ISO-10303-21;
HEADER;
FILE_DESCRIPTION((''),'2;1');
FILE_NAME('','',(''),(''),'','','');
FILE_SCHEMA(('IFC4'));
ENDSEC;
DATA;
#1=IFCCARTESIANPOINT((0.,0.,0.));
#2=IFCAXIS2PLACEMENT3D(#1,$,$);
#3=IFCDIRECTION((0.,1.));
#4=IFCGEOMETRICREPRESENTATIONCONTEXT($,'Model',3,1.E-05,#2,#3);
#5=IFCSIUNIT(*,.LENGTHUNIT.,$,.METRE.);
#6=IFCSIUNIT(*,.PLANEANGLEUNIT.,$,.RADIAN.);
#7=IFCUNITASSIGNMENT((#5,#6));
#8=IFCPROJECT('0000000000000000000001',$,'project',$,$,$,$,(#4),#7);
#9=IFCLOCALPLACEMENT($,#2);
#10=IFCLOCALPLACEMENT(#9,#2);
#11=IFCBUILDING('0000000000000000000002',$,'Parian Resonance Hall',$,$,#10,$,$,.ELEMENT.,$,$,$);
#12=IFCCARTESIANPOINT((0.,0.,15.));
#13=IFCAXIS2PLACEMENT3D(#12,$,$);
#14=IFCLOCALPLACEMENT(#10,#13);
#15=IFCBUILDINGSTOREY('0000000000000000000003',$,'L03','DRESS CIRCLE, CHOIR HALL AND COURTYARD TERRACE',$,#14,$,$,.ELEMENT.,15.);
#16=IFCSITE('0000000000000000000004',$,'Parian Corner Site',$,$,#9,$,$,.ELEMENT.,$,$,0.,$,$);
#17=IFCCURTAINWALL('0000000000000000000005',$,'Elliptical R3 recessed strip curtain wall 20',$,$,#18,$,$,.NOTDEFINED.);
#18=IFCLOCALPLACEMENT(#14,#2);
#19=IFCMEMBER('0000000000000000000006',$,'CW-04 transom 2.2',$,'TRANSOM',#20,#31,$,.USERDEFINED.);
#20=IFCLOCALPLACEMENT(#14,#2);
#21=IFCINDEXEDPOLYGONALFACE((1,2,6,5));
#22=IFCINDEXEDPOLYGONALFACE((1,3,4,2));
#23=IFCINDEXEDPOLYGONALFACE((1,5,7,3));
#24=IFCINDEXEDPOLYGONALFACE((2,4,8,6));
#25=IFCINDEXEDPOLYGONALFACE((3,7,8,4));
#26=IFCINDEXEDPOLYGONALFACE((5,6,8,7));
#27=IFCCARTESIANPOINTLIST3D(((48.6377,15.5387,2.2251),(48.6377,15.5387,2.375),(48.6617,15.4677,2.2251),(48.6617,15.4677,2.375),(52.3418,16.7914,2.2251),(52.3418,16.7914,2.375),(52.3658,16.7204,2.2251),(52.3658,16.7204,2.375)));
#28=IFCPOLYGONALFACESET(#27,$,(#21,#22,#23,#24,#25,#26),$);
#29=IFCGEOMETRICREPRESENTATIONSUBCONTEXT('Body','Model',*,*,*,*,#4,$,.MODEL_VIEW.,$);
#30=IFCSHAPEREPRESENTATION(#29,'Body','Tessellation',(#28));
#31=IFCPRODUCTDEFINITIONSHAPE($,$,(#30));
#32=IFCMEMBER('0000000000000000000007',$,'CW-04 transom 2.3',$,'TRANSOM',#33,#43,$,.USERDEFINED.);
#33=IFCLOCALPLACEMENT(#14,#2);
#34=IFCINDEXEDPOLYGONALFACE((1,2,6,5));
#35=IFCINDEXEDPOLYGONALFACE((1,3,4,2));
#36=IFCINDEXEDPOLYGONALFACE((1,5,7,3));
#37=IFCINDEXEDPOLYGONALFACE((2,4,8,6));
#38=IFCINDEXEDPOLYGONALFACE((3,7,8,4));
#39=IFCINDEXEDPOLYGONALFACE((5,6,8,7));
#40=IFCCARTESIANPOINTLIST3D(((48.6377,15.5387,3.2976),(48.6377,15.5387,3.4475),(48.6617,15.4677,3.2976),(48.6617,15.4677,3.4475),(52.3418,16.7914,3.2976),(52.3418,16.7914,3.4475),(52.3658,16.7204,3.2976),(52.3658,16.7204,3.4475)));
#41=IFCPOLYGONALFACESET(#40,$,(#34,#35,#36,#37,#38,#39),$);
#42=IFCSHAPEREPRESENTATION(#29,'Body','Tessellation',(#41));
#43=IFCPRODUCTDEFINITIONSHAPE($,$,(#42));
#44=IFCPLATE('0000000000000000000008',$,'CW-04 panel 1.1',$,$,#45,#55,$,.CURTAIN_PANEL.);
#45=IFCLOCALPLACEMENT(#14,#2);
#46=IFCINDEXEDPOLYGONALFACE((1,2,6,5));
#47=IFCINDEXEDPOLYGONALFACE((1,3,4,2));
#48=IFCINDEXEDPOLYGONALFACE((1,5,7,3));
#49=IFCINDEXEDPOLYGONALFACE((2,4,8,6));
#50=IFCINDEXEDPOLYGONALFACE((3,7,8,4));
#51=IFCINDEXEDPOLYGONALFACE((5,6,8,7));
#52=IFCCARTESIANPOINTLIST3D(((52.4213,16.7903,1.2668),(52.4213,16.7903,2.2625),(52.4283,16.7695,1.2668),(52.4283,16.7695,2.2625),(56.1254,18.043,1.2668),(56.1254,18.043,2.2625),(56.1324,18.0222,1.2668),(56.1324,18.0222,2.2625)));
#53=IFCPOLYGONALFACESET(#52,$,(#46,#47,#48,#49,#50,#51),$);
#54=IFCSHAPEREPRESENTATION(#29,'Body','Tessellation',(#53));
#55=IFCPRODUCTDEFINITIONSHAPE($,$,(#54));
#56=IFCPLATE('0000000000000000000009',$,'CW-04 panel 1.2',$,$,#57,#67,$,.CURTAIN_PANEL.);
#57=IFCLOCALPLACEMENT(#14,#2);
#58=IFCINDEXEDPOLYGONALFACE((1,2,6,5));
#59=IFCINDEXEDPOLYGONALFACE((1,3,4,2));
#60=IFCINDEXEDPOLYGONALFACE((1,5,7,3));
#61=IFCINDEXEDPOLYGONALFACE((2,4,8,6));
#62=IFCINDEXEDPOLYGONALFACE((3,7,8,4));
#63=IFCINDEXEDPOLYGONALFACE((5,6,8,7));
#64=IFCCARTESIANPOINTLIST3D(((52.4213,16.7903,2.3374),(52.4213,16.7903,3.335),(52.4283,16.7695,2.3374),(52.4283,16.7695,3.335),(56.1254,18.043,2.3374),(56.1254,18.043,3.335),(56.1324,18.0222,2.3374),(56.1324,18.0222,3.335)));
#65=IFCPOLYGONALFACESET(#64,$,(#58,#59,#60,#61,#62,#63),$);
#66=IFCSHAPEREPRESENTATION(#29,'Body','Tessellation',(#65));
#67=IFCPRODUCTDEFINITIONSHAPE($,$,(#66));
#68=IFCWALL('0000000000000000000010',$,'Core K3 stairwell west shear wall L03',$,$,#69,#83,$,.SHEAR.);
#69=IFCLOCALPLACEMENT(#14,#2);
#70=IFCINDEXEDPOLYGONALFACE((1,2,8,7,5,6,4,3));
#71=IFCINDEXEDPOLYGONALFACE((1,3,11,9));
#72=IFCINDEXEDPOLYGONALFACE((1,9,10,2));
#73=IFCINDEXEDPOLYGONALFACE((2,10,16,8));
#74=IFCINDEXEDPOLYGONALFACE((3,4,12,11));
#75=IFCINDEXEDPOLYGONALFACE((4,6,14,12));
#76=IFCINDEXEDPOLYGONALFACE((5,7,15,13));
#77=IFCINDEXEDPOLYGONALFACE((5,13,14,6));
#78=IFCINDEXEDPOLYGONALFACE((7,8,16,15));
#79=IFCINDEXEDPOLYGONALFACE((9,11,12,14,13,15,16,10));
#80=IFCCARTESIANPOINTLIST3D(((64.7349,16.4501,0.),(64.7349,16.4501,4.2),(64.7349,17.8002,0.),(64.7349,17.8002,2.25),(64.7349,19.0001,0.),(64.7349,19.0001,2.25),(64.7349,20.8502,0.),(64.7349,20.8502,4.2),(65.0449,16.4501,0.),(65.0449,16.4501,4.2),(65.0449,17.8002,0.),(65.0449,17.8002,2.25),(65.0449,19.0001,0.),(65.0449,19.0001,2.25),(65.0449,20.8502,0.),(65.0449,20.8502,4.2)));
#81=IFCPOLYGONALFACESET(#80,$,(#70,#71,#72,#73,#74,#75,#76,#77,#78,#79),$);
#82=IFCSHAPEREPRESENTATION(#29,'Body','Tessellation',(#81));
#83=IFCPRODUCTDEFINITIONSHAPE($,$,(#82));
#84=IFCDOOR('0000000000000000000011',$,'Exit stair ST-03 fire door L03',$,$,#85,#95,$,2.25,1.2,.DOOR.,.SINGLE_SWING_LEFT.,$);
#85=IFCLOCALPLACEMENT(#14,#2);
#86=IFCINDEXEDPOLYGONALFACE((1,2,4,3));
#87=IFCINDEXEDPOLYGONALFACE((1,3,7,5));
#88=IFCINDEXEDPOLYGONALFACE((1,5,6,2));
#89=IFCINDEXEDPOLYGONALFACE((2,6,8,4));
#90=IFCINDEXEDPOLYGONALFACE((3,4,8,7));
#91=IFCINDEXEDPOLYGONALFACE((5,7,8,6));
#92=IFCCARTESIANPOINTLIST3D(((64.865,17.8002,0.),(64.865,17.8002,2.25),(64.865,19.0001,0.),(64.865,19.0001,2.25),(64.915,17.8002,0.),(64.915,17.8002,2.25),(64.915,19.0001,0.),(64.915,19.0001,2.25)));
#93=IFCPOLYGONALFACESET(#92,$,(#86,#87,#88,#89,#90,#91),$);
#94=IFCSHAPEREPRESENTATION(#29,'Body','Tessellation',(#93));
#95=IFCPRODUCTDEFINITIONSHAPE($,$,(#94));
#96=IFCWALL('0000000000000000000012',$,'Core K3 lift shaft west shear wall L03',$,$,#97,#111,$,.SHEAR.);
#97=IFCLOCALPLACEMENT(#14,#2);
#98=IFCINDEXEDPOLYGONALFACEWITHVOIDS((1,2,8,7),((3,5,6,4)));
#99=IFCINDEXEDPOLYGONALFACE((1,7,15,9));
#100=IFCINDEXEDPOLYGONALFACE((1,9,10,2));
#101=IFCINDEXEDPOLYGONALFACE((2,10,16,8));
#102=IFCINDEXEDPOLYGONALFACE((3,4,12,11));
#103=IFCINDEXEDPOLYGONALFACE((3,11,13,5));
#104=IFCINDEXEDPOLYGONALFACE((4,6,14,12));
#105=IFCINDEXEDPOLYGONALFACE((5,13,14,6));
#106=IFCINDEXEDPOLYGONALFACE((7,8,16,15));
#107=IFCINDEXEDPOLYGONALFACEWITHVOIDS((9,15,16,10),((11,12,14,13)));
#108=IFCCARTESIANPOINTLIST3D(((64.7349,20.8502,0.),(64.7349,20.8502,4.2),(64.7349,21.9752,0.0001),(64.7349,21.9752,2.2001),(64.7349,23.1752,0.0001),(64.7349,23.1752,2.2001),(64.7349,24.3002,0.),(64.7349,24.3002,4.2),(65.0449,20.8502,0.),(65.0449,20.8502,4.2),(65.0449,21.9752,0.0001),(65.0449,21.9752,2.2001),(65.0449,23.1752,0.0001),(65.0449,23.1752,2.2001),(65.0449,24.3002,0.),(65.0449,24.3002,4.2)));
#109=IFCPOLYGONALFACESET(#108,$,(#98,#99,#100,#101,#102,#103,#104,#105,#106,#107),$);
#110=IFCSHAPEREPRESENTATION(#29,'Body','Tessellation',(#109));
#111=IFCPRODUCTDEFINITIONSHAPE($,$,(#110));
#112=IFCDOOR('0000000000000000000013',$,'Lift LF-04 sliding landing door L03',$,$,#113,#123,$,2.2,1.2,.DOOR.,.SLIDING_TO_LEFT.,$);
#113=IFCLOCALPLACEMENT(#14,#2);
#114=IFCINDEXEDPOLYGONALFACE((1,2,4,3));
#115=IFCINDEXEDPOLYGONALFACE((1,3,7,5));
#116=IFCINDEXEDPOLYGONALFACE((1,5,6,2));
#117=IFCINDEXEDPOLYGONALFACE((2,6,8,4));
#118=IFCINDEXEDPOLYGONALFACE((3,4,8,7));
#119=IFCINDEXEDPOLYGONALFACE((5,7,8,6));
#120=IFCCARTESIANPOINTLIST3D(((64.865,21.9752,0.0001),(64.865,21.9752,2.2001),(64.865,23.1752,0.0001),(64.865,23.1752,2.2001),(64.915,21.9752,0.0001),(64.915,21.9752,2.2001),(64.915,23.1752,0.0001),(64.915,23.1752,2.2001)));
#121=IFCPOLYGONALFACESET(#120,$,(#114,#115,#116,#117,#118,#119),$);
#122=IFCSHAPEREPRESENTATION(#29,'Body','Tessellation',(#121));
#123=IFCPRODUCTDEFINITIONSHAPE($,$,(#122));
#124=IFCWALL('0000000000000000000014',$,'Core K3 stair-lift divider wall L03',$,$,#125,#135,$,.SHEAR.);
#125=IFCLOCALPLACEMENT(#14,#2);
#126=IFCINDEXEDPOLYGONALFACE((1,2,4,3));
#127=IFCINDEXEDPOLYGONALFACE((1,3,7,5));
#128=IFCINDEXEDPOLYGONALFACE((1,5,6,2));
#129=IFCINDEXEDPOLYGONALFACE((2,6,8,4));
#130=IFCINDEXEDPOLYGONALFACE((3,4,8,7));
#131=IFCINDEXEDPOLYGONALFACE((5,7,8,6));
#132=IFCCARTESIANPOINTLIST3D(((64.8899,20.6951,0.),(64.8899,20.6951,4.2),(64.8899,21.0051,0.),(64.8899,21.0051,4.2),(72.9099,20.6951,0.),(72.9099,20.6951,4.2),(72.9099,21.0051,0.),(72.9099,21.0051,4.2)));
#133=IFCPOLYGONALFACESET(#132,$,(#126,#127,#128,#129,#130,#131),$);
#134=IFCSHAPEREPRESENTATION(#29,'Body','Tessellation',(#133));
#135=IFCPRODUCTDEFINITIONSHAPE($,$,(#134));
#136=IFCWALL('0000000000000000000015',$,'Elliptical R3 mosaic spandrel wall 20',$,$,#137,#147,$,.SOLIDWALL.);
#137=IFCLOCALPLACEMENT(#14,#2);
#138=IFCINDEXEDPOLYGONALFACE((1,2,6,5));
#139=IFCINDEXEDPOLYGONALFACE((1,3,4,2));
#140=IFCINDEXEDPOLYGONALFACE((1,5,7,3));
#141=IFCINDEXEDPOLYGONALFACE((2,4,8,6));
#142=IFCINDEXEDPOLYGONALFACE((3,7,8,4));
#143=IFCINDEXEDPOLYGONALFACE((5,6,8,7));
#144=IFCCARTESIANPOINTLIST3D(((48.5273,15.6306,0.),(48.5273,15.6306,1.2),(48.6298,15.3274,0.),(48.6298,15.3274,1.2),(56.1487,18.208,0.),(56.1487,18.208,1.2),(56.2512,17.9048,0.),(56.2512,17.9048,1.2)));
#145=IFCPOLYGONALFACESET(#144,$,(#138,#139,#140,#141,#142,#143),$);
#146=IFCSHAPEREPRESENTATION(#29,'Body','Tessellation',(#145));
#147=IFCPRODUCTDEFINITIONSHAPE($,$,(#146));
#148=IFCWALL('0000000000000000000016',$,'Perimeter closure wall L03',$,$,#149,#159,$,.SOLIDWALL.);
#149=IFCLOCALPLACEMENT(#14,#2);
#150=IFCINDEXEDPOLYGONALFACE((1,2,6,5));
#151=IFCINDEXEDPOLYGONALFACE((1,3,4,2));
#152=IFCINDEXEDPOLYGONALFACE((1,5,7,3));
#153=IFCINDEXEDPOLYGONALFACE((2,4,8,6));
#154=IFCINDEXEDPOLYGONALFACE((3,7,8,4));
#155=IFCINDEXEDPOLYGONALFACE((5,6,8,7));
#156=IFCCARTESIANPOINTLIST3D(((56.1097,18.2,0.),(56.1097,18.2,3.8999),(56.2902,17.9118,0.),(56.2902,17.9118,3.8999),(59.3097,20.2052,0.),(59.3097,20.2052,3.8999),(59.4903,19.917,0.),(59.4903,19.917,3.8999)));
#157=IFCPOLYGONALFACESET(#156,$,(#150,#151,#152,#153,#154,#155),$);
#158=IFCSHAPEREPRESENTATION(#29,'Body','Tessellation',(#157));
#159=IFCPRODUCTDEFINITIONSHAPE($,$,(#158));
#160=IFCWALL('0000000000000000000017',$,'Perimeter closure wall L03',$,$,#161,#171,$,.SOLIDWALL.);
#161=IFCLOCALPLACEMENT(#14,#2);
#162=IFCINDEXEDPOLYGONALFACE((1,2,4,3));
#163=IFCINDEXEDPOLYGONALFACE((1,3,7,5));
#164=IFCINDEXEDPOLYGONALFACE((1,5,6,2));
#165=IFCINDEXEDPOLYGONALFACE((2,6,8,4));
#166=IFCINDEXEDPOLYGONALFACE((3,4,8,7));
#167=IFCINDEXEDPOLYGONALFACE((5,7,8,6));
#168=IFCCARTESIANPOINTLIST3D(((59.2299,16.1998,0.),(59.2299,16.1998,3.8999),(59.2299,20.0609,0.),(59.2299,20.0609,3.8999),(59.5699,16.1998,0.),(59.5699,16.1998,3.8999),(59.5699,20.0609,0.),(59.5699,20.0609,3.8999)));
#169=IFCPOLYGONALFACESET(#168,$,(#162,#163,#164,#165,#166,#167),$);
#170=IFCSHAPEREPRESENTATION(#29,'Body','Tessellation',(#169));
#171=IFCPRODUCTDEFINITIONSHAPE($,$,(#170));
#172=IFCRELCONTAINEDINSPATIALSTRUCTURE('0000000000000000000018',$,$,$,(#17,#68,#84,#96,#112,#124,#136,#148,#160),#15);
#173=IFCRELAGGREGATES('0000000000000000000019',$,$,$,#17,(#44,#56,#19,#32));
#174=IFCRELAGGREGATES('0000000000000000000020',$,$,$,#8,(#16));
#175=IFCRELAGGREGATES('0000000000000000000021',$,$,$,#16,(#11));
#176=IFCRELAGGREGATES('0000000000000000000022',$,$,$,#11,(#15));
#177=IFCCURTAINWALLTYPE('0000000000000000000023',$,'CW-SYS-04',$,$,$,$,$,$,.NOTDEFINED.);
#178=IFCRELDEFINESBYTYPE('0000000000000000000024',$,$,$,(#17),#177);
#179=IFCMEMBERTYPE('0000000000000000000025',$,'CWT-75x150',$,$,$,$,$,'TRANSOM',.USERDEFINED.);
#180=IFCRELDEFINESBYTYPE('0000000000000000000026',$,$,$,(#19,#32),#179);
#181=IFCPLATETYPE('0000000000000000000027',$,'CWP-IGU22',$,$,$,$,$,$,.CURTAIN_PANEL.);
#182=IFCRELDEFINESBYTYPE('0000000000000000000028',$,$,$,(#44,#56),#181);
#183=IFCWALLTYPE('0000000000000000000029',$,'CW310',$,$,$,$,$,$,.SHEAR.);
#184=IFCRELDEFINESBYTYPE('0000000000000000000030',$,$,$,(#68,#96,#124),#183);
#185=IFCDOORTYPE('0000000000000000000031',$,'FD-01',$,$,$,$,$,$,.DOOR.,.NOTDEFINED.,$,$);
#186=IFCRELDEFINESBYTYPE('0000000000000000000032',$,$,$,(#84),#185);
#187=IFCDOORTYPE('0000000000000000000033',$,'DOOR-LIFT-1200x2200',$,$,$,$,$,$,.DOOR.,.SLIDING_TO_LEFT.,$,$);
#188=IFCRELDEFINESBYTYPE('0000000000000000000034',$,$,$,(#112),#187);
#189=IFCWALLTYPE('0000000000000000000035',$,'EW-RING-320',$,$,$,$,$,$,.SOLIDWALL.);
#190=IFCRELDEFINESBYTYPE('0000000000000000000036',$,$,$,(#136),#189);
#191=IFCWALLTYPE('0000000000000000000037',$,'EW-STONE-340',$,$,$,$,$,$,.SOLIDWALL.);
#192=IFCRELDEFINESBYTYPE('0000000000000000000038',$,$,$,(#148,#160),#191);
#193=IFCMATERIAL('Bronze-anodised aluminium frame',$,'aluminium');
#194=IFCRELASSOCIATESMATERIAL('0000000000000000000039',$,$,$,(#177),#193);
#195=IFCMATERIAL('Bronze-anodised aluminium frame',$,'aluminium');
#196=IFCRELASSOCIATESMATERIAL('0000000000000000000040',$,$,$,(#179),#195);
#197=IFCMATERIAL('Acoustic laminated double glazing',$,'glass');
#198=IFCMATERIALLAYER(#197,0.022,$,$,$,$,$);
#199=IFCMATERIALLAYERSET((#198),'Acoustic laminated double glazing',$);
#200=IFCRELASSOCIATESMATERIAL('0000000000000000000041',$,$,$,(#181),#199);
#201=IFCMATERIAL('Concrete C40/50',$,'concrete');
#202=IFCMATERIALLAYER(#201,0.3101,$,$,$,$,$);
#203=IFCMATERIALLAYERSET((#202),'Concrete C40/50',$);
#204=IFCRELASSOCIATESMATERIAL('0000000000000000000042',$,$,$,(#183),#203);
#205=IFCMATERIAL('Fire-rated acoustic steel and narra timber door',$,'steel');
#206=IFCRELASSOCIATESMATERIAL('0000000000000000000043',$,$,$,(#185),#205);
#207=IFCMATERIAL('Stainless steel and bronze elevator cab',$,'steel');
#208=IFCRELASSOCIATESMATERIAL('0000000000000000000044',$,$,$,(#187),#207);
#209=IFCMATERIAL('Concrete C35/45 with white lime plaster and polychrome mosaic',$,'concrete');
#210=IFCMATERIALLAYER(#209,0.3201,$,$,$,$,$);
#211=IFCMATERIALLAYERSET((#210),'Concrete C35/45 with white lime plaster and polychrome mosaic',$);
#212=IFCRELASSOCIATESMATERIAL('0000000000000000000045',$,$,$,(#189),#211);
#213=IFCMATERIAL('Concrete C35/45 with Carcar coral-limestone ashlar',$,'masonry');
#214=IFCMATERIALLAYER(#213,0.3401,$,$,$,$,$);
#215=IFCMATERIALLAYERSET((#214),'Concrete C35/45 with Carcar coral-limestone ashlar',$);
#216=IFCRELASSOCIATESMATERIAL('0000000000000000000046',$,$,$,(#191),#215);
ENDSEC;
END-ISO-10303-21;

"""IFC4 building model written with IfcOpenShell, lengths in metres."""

from ifc_helpers import new_model, si_unit, direction, frame, frame_2d, origin, origin_2d, place, context, subcontext, project, spatial, rectangle, extrude, material, layer, layer_set, material_profile, profile_set, type_object, element, fill, aggregate, save


model = new_model("IFC4")

# Units and contexts
model_context = context("Model", 3, precision=1e-05, world=origin(), true_north=direction((0.0, 1.0)))
body_context = subcontext(model_context, "Body", "Model", "MODEL_VIEW")
ifc_project = project(units=[si_unit("LENGTHUNIT", "METRE"), si_unit("PLANEANGLEUNIT", "RADIAN")], contexts=[model_context])

# Site, building, storey
site_placement = place(None, origin())
site = spatial("IfcSite", under=ifc_project, at=site_placement, Name="Parian Corner Site", CompositionType="ELEMENT", RefElevation=0.0)
building_placement = place(site_placement, origin())
building = spatial("IfcBuilding", under=site, at=building_placement, Name="Parian Resonance Hall", CompositionType="ELEMENT")
storey_placement = place(building_placement, frame((0.0, 0.0, 15.0)))
storey = spatial("IfcBuildingStorey", under=building, at=storey_placement, Name="L03", Description="DRESS CIRCLE, CHOIR HALL AND COURTYARD TERRACE", CompositionType="ELEMENT", Elevation=15.0)

# Curtain wall, members, plates
ifc_material_1 = material(Name="Bronze-anodised aluminium frame", Category="aluminium")
curtain_wall_type = type_object("IfcCurtainWallType", Name="CW-SYS-04", PredefinedType="NOTDEFINED", material=ifc_material_1)
curtain_wall_placement = place(storey_placement, origin())
curtain_wall = element("IfcCurtainWall", 1, at=curtain_wall_placement, inside=storey, type_object=curtain_wall_type, Name="Elliptical R3 recessed strip curtain wall 20", PredefinedType="NOTDEFINED")
ifc_material_2 = material(Name="Bronze-anodised aluminium frame", Category="aluminium")
ifc_material_profile_1 = material_profile(ifc_material_2, rectangle(XDim=0.075, YDim=0.1499, at=origin_2d()), Name="CWT-75x150")
ifc_profile_set_1 = profile_set([ifc_material_profile_1], Name="Bronze-anodised aluminium frame")
member_type_1 = type_object("IfcMemberType", Name="CWT-75x150", ElementType="TRANSOM", PredefinedType="USERDEFINED", material=ifc_profile_set_1)
member_1_placement = place(storey_placement, frame((52.3538, 16.7559, 2.3), z_axis=(-0.947294, -0.320364, 0.0), x_axis=(0.320364, -0.947294, 0.0)))
member_1 = element("IfcMember", 2, at=member_1_placement, type_object=member_type_1, Name="CW-04 transom 2.2", ObjectType="TRANSOM", PredefinedType="USERDEFINED", context=body_context, shape_type="SweptSolid", body=[
    extrude(rectangle(XDim=0.075, YDim=0.1499, at=origin_2d()), origin(), (0.0, 0.0, 1.0), 3.9102),
])
member_2_placement = place(storey_placement, frame((52.3538, 16.7559, 3.3726), z_axis=(-0.947294, -0.320364, 0.0), x_axis=(0.320364, -0.947294, 0.0)))
member_2 = element("IfcMember", 3, at=member_2_placement, type_object=member_type_1, Name="CW-04 transom 2.3", ObjectType="TRANSOM", PredefinedType="USERDEFINED", context=body_context, shape_type="SweptSolid", body=[
    extrude(rectangle(XDim=0.075, YDim=0.1499, at=origin_2d()), origin(), (0.0, 0.0, 1.0), 3.9102),
])
ifc_material_3 = material(Name="Acoustic laminated double glazing", Category="glass")
ifc_layer_1 = layer(ifc_material_3, 0.022)
ifc_layer_set_1 = layer_set([ifc_layer_1], Name="Acoustic laminated double glazing")
plate_type = type_object("IfcPlateType", Name="CWP-IGU22", PredefinedType="CURTAIN_PANEL", material=ifc_layer_set_1)
plate_1_placement = place(storey_placement, frame((54.2769, 17.4062, 1.2668), z_axis=(0.0, 0.0, 1.0), x_axis=(-0.947296, -0.32036, 0.0)))
plate_1 = element("IfcPlate", 4, at=plate_1_placement, type_object=plate_type, Name="CW-04 panel 1.1", PredefinedType="CURTAIN_PANEL", context=body_context, shape_type="SweptSolid", body=[
    extrude(rectangle(XDim=3.9102, YDim=0.022, at=origin_2d()), origin(), (0.0, 0.0, 1.0), 0.9956),
])
plate_2_placement = place(storey_placement, frame((54.2769, 17.4062, 2.3374), z_axis=(0.0, 0.0, 1.0), x_axis=(-0.947296, -0.32036, 0.0)))
plate_2 = element("IfcPlate", 5, at=plate_2_placement, type_object=plate_type, Name="CW-04 panel 1.2", PredefinedType="CURTAIN_PANEL", context=body_context, shape_type="SweptSolid", body=[
    extrude(rectangle(XDim=3.9102, YDim=0.022, at=origin_2d()), origin(), (0.0, 0.0, 1.0), 0.9976),
])
aggregate(curtain_wall, [plate_1, plate_2, member_1, member_2])

# Walls, openings, doors
ifc_material_4 = material(Name="Concrete C40/50", Category="concrete")
ifc_layer_2 = layer(ifc_material_4, 0.3101)
ifc_layer_set_2 = layer_set([ifc_layer_2], Name="Concrete C40/50")
wall_type_1 = type_object("IfcWallType", Name="CW310", PredefinedType="SHEAR", material=ifc_layer_set_2)
wall_1_placement = place(storey_placement, frame((64.8899, 16.45, 0.0), z_axis=(0.0, 0.0, 1.0), x_axis=(0.0, 1.0, 0.0)))
wall_1 = element("IfcWall", 6, at=wall_1_placement, inside=storey, type_object=wall_type_1, Name="Core K3 stairwell west shear wall L03", PredefinedType="SHEAR", context=body_context, shape_type="SweptSolid", body=[
    extrude(rectangle(XDim=4.4001, YDim=0.3101, at=frame_2d((2.2002, 0.0))), origin(), (0.0, 0.0, 1.0), 4.2),
])
opening_1_placement = place(wall_1_placement, frame((1.3501, 0.0, 0.0)))
opening_1 = element("IfcOpeningElement", 7, at=opening_1_placement, cuts=wall_1, PredefinedType="OPENING", context=body_context, shape_type="SweptSolid", body=[
    extrude(rectangle(XDim=1.2, YDim=2.25, at=frame_2d((0.6001, 1.125))), frame((0.0, 0.165, 0.0), z_axis=(0.0, -1.0, 0.0), x_axis=(1.0, 0.0, 0.0)), (0.0, 0.0, 1.0), 0.3301),
])
ifc_material_5 = material(Name="Fire-rated acoustic steel and narra timber door", Category="steel")
door_type_1 = type_object("IfcDoorType", Name="FD-01", OperationType="NOTDEFINED", PredefinedType="DOOR", material=ifc_material_5)
door_1_placement = place(opening_1_placement, origin())
door_1 = element("IfcDoor", 8, at=door_1_placement, inside=storey, type_object=door_type_1, Name="Exit stair ST-03 fire door L03", OperationType="SINGLE_SWING_LEFT", OverallHeight=2.25, OverallWidth=1.2, PredefinedType="DOOR", context=body_context, shape_type="SweptSolid", body=[
    extrude(rectangle(XDim=1.2, YDim=2.25, at=frame_2d((0.6001, 1.125))), frame((0.0, 0.0249, 0.0), z_axis=(0.0, -1.0, 0.0), x_axis=(1.0, 0.0, 0.0)), (0.0, 0.0, 1.0), 0.05),
])
fill(opening_1, door_1)
wall_2_placement = place(storey_placement, frame((64.8899, 20.8501, 0.0), z_axis=(0.0, 0.0, 1.0), x_axis=(0.0, 1.0, 0.0)))
wall_2 = element("IfcWall", 9, at=wall_2_placement, inside=storey, type_object=wall_type_1, Name="Core K3 lift shaft west shear wall L03", PredefinedType="SHEAR", context=body_context, shape_type="SweptSolid", body=[
    extrude(rectangle(XDim=3.45, YDim=0.3101, at=frame_2d((1.7251, 0.0))), origin(), (0.0, 0.0, 1.0), 4.2),
])
opening_2_placement = place(wall_2_placement, frame((1.125, 0.0, 0.0)))
opening_2 = element("IfcOpeningElement", 10, at=opening_2_placement, cuts=wall_2, PredefinedType="OPENING", context=body_context, shape_type="SweptSolid", body=[
    extrude(rectangle(XDim=1.2, YDim=2.2, at=frame_2d((0.6001, 1.1001))), frame((0.0, 0.165, 0.0), z_axis=(0.0, -1.0, 0.0), x_axis=(1.0, 0.0, 0.0)), (0.0, 0.0, 1.0), 0.3301),
])
ifc_material_6 = material(Name="Stainless steel and bronze elevator cab", Category="steel")
door_type_2 = type_object("IfcDoorType", Name="DOOR-LIFT-1200x2200", OperationType="SLIDING_TO_LEFT", PredefinedType="DOOR", material=ifc_material_6)
door_2_placement = place(opening_2_placement, origin())
door_2 = element("IfcDoor", 11, at=door_2_placement, inside=storey, type_object=door_type_2, Name="Lift LF-04 sliding landing door L03", OperationType="SLIDING_TO_LEFT", OverallHeight=2.2, OverallWidth=1.2, PredefinedType="DOOR", context=body_context, shape_type="SweptSolid", body=[
    extrude(rectangle(XDim=1.2, YDim=2.2, at=frame_2d((0.6001, 1.1001))), frame((0.0, 0.0249, 0.0), z_axis=(0.0, -1.0, 0.0), x_axis=(1.0, 0.0, 0.0)), (0.0, 0.0, 1.0), 0.05),
])
fill(opening_2, door_2)

# Walls
wall_3_placement = place(storey_placement, frame((64.8899, 20.8501, 0.0), z_axis=(0.0, 0.0, 1.0), x_axis=(1.0, 0.0, 0.0)))
element("IfcWall", 12, at=wall_3_placement, inside=storey, type_object=wall_type_1, Name="Core K3 stair-lift divider wall L03", PredefinedType="SHEAR", context=body_context, shape_type="SweptSolid", body=[
    extrude(rectangle(XDim=8.02, YDim=0.3101, at=frame_2d((4.01, 0.0))), origin(), (0.0, 0.0, 1.0), 4.2),
])
ifc_material_7 = material(Name="Concrete C35/45 with white lime plaster and polychrome mosaic", Category="concrete")
ifc_layer_3 = layer(ifc_material_7, 0.3201)
ifc_layer_set_3 = layer_set([ifc_layer_3], Name="Concrete C35/45 with white lime plaster and polychrome mosaic")
wall_type_2 = type_object("IfcWallType", Name="EW-RING-320", PredefinedType="SOLIDWALL", material=ifc_layer_set_3)
wall_4_placement = place(storey_placement, frame((56.2, 18.0564, 0.0), z_axis=(0.0, 0.0, 1.0), x_axis=(-0.947297, -0.320358, 0.0)))
element("IfcWall", 13, at=wall_4_placement, inside=storey, type_object=wall_type_2, Name="Elliptical R3 mosaic spandrel wall 20", PredefinedType="SOLIDWALL", context=body_context, shape_type="SweptSolid", body=[
    extrude(rectangle(XDim=8.0454, YDim=0.3201, at=frame_2d((4.0227, 0.0))), origin(), (0.0, 0.0, 1.0), 1.2),
])
ifc_material_8 = material(Name="Concrete C35/45 with Carcar coral-limestone ashlar", Category="masonry")
ifc_layer_4 = layer(ifc_material_8, 0.3401)
ifc_layer_set_4 = layer_set([ifc_layer_4], Name="Concrete C35/45 with Carcar coral-limestone ashlar")
wall_type_3 = type_object("IfcWallType", Name="EW-STONE-340", PredefinedType="SOLIDWALL", material=ifc_layer_set_4)
wall_5_placement = place(storey_placement, frame((56.2, 18.0559, 0.0), z_axis=(0.0, 0.0, 1.0), x_axis=(0.847384, 0.530981, 0.0)))
element("IfcWall", 14, at=wall_5_placement, inside=storey, type_object=wall_type_3, Name="Perimeter closure wall L03", PredefinedType="SOLIDWALL", context=body_context, shape_type="SweptSolid", body=[
    extrude(rectangle(XDim=3.7764, YDim=0.3401, at=frame_2d((1.8882, 0.0))), origin(), (0.0, 0.0, 1.0), 3.8999),
])
wall_6_placement = place(storey_placement, frame((59.3999, 20.061, 0.0), z_axis=(0.0, 0.0, 1.0), x_axis=(0.0, -1.0, 0.0)))
element("IfcWall", 15, at=wall_6_placement, inside=storey, type_object=wall_type_3, Name="Perimeter closure wall L03", PredefinedType="SOLIDWALL", context=body_context, shape_type="SweptSolid", body=[
    extrude(rectangle(XDim=3.8611, YDim=0.3401, at=frame_2d((1.9307, 0.0))), origin(), (0.0, 0.0, 1.0), 3.8999),
])

save(model, "model.ifc")
